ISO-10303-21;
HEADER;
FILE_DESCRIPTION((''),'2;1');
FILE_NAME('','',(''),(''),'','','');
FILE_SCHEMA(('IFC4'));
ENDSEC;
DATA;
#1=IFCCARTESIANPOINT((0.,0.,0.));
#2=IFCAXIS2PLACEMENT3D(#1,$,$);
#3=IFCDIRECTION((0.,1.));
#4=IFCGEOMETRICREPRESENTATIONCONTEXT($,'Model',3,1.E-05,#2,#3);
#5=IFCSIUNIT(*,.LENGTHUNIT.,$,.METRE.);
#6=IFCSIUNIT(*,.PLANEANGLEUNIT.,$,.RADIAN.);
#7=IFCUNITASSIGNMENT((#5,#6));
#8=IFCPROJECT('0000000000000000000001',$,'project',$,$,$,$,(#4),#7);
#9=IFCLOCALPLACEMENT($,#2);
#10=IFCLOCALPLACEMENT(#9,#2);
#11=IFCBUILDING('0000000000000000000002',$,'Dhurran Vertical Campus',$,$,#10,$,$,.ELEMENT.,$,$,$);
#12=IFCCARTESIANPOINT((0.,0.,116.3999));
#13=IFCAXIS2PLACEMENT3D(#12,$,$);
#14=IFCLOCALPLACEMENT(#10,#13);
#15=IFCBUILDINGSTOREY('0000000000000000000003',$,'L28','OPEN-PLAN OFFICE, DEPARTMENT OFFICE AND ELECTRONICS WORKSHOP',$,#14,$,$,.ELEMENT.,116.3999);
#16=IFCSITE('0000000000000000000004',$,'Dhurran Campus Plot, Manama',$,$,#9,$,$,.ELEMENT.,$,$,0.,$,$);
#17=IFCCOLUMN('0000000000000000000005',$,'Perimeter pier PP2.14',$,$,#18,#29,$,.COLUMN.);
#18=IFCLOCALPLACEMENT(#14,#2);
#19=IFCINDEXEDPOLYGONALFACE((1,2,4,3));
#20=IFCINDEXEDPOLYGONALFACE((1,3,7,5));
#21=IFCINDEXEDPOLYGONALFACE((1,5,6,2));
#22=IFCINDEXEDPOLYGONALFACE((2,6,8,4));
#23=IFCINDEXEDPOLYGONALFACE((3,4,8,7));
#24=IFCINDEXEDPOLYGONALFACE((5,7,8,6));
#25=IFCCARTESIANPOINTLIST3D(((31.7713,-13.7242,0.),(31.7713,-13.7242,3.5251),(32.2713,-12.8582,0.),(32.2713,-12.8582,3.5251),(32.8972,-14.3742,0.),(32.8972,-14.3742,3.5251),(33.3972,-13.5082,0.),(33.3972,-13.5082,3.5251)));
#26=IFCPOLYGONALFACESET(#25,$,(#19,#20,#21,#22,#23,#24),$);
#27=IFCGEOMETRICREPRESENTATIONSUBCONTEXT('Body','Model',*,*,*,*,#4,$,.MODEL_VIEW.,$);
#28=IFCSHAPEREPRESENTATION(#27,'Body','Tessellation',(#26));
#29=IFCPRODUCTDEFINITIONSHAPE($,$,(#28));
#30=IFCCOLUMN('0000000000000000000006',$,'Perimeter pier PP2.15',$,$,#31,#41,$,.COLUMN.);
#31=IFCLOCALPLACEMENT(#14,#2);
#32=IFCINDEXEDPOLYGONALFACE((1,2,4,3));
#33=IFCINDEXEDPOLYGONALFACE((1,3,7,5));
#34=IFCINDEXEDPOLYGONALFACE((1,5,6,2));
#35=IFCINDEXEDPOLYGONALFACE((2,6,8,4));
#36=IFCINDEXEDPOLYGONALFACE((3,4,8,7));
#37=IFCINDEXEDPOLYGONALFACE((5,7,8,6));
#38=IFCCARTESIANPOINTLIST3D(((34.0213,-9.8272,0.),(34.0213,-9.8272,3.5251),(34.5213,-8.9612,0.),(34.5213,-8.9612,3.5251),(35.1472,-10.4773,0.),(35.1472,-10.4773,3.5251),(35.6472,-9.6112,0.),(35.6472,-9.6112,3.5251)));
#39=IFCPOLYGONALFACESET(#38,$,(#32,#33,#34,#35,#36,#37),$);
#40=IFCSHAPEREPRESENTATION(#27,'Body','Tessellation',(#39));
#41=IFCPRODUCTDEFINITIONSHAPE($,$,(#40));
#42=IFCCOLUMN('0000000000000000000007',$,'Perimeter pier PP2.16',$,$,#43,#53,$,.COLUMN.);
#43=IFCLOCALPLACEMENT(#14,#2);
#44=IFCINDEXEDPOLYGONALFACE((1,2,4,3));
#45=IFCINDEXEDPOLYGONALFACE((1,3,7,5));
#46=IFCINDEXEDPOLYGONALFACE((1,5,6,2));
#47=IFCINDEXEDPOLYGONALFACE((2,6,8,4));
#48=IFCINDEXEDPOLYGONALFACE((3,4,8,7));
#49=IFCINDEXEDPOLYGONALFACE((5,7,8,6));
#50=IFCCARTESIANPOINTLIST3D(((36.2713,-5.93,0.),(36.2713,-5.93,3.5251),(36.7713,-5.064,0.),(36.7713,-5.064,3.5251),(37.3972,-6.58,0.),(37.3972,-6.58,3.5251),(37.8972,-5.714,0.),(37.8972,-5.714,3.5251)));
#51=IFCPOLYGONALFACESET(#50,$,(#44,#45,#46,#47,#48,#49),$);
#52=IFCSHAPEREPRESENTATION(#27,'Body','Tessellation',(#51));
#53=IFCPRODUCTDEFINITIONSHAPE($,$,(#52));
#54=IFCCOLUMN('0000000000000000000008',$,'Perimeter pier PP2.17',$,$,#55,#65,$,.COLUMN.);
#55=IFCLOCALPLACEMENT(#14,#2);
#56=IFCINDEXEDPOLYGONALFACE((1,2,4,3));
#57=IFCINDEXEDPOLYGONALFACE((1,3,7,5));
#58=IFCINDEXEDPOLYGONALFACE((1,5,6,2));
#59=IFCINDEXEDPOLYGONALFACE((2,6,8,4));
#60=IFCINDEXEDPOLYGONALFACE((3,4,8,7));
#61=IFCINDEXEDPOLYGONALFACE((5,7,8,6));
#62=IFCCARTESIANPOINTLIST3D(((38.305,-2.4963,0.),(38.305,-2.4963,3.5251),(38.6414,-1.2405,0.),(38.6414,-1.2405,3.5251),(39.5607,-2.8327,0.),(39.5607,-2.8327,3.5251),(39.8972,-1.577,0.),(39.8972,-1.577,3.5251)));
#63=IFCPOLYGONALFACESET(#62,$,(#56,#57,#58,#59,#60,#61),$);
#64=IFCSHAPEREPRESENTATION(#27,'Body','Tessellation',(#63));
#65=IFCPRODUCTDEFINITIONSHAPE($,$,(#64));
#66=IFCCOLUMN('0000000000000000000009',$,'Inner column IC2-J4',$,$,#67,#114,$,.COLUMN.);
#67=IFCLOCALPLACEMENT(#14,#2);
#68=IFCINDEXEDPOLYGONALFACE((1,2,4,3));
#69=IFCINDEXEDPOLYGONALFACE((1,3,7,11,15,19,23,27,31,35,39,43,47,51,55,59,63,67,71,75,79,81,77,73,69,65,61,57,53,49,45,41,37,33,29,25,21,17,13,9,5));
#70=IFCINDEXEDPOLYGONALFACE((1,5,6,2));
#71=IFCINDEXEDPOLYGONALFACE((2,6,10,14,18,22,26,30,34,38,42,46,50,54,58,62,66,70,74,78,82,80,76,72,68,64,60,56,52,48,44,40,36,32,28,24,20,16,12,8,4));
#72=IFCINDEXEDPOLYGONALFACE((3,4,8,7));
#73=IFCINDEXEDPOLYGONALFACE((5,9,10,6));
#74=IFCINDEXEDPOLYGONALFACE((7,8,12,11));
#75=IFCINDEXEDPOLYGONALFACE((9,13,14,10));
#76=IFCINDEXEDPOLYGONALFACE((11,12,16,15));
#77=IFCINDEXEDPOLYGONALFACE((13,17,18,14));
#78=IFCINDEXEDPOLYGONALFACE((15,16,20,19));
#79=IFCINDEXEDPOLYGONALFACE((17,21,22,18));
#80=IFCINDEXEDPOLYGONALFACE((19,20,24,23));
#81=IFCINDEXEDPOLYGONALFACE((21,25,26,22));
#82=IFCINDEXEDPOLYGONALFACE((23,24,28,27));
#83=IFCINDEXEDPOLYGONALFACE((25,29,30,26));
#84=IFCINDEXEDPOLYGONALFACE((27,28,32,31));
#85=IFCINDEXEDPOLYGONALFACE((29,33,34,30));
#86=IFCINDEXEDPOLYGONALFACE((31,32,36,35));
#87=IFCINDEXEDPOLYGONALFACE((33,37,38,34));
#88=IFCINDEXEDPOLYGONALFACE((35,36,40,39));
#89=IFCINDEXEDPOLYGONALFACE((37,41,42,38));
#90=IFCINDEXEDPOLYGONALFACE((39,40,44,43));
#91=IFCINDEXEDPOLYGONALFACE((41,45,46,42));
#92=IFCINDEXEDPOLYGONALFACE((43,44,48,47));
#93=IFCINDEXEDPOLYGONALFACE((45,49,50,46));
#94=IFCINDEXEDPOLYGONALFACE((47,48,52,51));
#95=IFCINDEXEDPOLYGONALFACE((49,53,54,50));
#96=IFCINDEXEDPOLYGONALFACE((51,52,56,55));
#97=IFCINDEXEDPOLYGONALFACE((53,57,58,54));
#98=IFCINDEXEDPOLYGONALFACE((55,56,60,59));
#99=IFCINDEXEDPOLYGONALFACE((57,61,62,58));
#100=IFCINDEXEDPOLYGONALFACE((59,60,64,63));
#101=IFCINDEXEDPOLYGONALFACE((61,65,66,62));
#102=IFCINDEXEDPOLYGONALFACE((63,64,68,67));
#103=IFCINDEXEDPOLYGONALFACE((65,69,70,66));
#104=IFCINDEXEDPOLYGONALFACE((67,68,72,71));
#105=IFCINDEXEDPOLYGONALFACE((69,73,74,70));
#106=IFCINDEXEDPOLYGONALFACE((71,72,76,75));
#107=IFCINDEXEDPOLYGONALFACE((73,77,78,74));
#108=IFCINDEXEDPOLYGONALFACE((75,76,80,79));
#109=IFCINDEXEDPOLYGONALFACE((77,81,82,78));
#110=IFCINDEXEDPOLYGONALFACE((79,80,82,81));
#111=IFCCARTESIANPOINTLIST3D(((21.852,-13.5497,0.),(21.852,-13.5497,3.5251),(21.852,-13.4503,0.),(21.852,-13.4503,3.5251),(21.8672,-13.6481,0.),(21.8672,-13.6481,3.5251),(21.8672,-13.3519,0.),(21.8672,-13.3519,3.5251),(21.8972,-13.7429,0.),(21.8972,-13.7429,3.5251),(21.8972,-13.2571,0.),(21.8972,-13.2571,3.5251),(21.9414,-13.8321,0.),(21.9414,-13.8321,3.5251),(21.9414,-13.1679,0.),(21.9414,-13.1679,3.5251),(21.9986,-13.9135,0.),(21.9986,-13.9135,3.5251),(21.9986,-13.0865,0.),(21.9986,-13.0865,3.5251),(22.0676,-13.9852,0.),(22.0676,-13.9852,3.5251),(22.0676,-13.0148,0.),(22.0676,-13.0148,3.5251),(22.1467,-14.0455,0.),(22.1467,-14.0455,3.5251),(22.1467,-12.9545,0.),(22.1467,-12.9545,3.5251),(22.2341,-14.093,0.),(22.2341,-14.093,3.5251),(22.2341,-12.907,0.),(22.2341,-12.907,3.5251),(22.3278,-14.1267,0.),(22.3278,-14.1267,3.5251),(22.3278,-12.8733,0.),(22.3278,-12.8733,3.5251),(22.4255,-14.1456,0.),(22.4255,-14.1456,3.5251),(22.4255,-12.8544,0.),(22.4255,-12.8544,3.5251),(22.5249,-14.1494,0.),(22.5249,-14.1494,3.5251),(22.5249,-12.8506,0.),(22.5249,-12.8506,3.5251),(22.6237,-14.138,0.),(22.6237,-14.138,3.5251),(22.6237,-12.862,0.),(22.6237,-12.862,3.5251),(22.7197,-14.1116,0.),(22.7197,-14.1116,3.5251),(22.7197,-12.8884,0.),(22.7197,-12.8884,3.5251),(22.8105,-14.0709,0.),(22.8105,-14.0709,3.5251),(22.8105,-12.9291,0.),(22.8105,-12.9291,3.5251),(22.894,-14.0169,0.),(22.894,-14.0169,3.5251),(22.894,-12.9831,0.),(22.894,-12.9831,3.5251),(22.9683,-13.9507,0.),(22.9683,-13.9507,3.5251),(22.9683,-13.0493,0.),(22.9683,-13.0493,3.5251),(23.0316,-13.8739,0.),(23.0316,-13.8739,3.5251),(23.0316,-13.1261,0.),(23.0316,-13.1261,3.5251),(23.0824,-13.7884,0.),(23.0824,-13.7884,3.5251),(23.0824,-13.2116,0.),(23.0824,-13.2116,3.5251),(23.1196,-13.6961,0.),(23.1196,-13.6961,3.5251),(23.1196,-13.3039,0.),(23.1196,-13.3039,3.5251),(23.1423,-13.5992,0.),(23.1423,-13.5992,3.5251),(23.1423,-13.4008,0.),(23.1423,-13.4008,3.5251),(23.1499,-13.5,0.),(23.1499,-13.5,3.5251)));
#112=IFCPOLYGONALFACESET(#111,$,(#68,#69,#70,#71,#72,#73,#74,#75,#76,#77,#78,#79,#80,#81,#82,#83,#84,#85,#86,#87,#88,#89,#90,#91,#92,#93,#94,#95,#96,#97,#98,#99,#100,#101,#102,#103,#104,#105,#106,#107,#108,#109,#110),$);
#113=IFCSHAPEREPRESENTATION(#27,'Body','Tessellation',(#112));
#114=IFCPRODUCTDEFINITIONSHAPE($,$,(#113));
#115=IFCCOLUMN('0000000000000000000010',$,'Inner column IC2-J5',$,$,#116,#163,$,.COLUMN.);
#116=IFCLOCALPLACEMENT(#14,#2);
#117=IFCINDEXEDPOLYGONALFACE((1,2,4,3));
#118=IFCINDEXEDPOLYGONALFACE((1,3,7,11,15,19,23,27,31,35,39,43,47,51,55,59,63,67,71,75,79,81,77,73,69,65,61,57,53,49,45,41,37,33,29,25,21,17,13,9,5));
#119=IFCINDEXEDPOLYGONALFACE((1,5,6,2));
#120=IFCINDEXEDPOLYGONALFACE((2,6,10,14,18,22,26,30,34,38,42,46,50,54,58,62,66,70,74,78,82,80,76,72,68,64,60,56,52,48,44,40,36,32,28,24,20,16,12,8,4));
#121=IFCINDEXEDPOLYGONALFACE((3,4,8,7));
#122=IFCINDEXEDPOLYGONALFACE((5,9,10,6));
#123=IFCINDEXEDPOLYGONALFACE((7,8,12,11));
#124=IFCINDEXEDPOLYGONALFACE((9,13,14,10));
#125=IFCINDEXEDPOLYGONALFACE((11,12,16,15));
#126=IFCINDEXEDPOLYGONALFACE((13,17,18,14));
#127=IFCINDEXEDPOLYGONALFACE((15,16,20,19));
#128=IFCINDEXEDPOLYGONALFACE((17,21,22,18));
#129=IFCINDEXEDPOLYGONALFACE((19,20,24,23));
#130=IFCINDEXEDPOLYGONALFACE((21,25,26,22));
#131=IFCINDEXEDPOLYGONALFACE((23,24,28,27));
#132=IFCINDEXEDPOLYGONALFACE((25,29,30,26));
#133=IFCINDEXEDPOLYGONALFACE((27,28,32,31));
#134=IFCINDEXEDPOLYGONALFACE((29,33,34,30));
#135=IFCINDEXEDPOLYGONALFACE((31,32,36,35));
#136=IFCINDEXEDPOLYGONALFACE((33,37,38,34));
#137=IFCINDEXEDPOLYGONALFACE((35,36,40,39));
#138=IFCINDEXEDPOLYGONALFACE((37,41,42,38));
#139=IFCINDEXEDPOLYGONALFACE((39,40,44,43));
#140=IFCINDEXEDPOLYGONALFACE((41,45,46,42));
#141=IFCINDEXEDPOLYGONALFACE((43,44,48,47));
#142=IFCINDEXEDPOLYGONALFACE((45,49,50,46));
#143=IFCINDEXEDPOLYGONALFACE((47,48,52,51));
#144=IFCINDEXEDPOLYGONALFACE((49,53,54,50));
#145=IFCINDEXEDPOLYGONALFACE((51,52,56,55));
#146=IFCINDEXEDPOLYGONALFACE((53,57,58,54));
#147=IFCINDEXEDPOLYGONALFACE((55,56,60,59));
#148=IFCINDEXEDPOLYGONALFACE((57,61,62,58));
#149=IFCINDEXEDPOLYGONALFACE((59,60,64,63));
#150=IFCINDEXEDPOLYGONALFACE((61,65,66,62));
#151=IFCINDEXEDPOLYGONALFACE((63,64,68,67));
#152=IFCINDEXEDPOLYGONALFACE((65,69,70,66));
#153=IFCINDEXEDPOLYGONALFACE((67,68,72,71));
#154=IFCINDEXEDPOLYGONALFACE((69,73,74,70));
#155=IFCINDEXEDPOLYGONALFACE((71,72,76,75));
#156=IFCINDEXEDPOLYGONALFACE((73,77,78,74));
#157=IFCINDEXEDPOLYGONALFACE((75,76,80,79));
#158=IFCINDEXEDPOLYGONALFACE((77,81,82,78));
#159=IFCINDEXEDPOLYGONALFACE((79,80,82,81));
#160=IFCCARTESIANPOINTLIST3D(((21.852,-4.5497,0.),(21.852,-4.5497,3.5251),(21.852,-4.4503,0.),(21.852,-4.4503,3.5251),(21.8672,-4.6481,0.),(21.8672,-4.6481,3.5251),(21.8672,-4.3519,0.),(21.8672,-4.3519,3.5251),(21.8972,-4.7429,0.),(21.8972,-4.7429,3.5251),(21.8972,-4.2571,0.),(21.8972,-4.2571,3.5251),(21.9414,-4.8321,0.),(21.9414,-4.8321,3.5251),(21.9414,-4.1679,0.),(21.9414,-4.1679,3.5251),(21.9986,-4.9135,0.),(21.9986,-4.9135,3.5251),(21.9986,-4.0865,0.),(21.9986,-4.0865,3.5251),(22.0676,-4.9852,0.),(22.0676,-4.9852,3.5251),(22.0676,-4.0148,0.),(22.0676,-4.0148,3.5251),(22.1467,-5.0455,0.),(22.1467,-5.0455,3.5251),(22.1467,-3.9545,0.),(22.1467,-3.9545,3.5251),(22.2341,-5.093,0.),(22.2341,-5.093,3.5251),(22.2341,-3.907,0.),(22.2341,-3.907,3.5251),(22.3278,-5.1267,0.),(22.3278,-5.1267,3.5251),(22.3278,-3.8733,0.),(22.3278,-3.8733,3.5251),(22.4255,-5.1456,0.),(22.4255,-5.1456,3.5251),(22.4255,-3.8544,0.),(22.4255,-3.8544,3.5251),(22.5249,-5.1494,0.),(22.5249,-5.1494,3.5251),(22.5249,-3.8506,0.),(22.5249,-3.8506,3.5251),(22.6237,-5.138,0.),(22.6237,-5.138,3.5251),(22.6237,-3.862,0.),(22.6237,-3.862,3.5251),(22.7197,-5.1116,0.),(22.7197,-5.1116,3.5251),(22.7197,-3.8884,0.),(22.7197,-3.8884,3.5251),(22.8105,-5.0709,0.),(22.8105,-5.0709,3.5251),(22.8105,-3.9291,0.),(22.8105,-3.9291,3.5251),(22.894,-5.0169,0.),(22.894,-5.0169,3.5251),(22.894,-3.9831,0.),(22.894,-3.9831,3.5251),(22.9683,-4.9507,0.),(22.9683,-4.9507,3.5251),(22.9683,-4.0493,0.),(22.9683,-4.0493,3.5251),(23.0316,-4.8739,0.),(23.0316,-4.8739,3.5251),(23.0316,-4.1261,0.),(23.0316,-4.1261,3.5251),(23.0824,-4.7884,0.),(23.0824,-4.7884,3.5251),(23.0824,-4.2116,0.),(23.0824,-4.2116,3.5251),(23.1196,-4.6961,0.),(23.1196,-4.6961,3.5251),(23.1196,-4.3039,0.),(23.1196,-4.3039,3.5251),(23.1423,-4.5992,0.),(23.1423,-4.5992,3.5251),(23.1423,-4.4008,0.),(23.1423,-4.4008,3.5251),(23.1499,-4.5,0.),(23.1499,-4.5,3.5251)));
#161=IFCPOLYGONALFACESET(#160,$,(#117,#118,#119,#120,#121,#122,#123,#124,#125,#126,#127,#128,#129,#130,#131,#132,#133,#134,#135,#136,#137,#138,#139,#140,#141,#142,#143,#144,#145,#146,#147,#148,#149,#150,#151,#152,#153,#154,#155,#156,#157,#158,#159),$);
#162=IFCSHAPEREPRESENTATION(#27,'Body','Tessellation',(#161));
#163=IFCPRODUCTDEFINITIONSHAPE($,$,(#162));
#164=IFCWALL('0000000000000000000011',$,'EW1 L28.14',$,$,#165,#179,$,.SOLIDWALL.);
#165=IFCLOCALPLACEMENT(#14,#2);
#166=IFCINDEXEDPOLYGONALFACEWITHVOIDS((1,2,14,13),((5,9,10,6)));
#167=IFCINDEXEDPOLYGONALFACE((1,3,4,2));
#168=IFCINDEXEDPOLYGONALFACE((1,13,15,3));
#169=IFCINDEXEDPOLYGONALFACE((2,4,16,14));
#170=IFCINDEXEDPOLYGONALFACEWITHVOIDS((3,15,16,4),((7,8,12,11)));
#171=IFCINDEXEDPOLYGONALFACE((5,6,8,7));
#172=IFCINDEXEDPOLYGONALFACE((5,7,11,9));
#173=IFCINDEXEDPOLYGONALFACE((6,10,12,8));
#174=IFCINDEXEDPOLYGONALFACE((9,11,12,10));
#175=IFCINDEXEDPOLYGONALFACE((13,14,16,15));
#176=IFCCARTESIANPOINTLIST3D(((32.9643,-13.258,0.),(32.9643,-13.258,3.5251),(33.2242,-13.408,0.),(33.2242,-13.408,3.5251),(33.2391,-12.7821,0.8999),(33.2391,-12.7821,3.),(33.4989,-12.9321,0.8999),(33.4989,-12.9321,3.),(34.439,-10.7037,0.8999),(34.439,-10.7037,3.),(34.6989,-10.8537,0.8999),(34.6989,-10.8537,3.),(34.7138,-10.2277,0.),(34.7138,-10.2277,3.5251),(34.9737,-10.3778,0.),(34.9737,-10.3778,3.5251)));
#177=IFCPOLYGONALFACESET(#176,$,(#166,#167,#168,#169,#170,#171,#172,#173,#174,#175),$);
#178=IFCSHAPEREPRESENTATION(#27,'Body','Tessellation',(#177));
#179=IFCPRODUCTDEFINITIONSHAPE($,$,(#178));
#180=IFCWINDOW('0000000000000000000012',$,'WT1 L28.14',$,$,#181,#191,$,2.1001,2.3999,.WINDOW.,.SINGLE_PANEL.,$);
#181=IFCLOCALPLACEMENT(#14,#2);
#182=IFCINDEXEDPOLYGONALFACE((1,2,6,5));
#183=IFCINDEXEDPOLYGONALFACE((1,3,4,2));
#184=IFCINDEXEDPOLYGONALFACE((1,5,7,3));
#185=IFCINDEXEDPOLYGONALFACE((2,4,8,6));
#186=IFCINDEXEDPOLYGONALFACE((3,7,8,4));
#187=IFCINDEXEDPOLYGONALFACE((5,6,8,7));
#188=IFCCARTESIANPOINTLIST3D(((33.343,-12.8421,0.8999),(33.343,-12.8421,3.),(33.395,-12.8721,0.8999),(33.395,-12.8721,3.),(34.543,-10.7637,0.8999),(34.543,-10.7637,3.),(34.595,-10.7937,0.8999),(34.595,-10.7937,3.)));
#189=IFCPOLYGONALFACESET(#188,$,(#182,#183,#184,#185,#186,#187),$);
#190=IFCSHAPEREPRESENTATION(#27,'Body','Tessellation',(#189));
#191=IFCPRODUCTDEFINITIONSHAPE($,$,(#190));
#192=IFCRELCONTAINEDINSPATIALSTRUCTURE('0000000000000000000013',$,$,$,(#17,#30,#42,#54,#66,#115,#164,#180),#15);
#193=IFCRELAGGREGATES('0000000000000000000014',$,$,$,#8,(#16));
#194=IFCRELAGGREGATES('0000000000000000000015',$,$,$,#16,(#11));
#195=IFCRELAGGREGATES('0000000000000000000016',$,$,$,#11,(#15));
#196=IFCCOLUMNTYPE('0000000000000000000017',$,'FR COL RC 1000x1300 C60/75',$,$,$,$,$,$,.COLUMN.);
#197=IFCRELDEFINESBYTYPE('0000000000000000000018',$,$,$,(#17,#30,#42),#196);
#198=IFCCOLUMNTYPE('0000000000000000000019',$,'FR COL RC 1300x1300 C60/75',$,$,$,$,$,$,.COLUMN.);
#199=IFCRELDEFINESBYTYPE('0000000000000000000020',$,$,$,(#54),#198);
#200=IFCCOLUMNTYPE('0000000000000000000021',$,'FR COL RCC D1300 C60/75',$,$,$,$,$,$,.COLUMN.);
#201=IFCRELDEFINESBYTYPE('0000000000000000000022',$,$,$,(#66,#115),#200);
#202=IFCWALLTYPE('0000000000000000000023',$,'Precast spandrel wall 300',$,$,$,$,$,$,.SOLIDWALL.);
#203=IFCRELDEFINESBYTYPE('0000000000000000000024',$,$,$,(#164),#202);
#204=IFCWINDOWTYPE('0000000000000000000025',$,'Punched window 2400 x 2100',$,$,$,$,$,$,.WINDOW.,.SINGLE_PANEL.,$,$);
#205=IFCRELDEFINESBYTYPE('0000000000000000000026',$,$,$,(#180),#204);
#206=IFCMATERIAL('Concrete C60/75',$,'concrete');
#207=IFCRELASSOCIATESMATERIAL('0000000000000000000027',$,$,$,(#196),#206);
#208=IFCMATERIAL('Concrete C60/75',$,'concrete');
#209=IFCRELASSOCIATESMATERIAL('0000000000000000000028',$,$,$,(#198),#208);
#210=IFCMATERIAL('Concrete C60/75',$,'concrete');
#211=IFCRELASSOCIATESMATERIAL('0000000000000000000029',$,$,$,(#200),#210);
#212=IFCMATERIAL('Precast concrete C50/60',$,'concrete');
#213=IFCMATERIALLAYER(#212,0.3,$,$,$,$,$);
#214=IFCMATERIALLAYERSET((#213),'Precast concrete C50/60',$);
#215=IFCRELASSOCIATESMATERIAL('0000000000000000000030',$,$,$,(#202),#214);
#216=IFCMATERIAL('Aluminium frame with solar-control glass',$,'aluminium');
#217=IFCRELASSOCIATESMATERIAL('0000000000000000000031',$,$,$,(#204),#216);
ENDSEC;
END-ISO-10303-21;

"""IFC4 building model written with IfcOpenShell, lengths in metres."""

from ifc_helpers import new_model, si_unit, direction, frame, frame_2d, origin, origin_2d, place, context, subcontext, project, spatial, rectangle, circle, extrude, material, layer, layer_set, material_profile, profile_set, type_object, element, fill, save


model = new_model("IFC4")

# Units and contexts
model_context = context("Model", 3, precision=1e-05, world=origin(), true_north=direction((0.0, 1.0)))
body_context = subcontext(model_context, "Body", "Model", "MODEL_VIEW")
ifc_project = project(units=[si_unit("LENGTHUNIT", "METRE"), si_unit("PLANEANGLEUNIT", "RADIAN")], contexts=[model_context])

# Site, building, storey
site_placement = place(None, origin())
site = spatial("IfcSite", under=ifc_project, at=site_placement, Name="Dhurran Campus Plot, Manama", CompositionType="ELEMENT", RefElevation=0.0)
building_placement = place(site_placement, origin())
building = spatial("IfcBuilding", under=site, at=building_placement, Name="Dhurran Vertical Campus", CompositionType="ELEMENT")
storey_placement = place(building_placement, frame((0.0, 0.0, 116.3999)))
storey = spatial("IfcBuildingStorey", under=building, at=storey_placement, Name="L28", Description="OPEN-PLAN OFFICE, DEPARTMENT OFFICE AND ELECTRONICS WORKSHOP", CompositionType="ELEMENT", Elevation=116.3999)

# Columns
ifc_material_1 = material(Name="Concrete C60/75", Category="concrete")
ifc_material_profile_1 = material_profile(ifc_material_1, rectangle(XDim=1.0, YDim=1.3, at=origin_2d()), Name="RC 1000x1300")
ifc_profile_set_1 = profile_set([ifc_material_profile_1], Name="Concrete C60/75")
column_type_1 = type_object("IfcColumnType", Name="FR COL RC 1000x1300 C60/75", PredefinedType="COLUMN", material=ifc_profile_set_1)
for number, where, z_axis, x_axis, name in (
    (1, (32.5842, -13.6162, 0.0), (0.0, 0.0, 1.0), (0.5, 0.866025, 0.0), "Perimeter pier PP2.14"),
    (2, (34.8342, -9.7192, 0.0), (0.0, 0.0, 1.0), (0.5, 0.866025, 0.0), "Perimeter pier PP2.15"),
    (3, (37.0842, -5.822, 0.0), (0.0, 0.0, 1.0), (0.5, 0.866025, 0.0), "Perimeter pier PP2.16"),
):
    element("IfcColumn", number, at=place(storey_placement, frame(where, z_axis=z_axis, x_axis=x_axis)), inside=storey, type_object=column_type_1, Name=name, PredefinedType="COLUMN", context=body_context, shape_type="SweptSolid", body=[
        extrude(rectangle(XDim=1.0, YDim=1.3, at=origin_2d()), origin(), (0.0, 0.0, 1.0), 3.5251),
    ])
ifc_material_2 = material(Name="Concrete C60/75", Category="concrete")
ifc_material_profile_2 = material_profile(ifc_material_2, rectangle(XDim=1.3, YDim=1.3, at=origin_2d()), Name="RC 1300x1300")
ifc_profile_set_2 = profile_set([ifc_material_profile_2], Name="Concrete C60/75")
column_type_2 = type_object("IfcColumnType", Name="FR COL RC 1300x1300 C60/75", PredefinedType="COLUMN", material=ifc_profile_set_2)
column_placement = place(storey_placement, frame((39.1011, -2.0366, 0.0), z_axis=(0.0, 0.0, 1.0), x_axis=(0.258819, 0.965926, 0.0)))
element("IfcColumn", 4, at=column_placement, inside=storey, type_object=column_type_2, Name="Perimeter pier PP2.17", PredefinedType="COLUMN", context=body_context, shape_type="SweptSolid", body=[
    extrude(rectangle(XDim=1.3, YDim=1.3, at=origin_2d()), origin(), (0.0, 0.0, 1.0), 3.5251),
])
ifc_material_3 = material(Name="Concrete C60/75", Category="concrete")
ifc_material_profile_3 = material_profile(ifc_material_3, circle(Radius=0.6499, at=origin_2d()), Name="RCC D1300")
ifc_profile_set_3 = profile_set([ifc_material_profile_3], Name="Concrete C60/75")
column_type_3 = type_object("IfcColumnType", Name="FR COL RCC D1300 C60/75", PredefinedType="COLUMN", material=ifc_profile_set_3)
for number, where, z_axis, x_axis, name in (
    (5, (22.5, -13.5, 0.0), (0.0, 0.0, 1.0), (1.0, 0.0, 0.0), "Inner column IC2-J4"),
    (6, (22.5, -4.5, 0.0), (0.0, 0.0, 1.0), (1.0, 0.0, 0.0), "Inner column IC2-J5"),
):
    element("IfcColumn", number, at=place(storey_placement, frame(where, z_axis=z_axis, x_axis=x_axis)), inside=storey, type_object=column_type_3, Name=name, PredefinedType="COLUMN", context=body_context, shape_type="SweptSolid", body=[
        extrude(circle(Radius=0.6499, at=origin_2d()), origin(), (0.0, 0.0, 1.0), 3.5251),
    ])

# Wall, opening, window
ifc_material_4 = material(Name="Precast concrete C50/60", Category="concrete")
ifc_layer_1 = layer(ifc_material_4, 0.3)
ifc_layer_set_1 = layer_set([ifc_layer_1], Name="Precast concrete C50/60")
wall_type_1 = type_object("IfcWallType", Name="Precast spandrel wall 300", PredefinedType="SOLIDWALL", material=ifc_layer_set_1)
wall_1_placement = place(storey_placement, frame((33.0942, -13.333, 0.0), z_axis=(0.0, 0.0, 1.0), x_axis=(0.499996, 0.866028, 0.0)))
wall_1 = element("IfcWall", 7, at=wall_1_placement, inside=storey, type_object=wall_type_1, Name="EW1 L28.14", PredefinedType="SOLIDWALL", context=body_context, shape_type="SweptSolid", body=[
    extrude(rectangle(XDim=3.499, YDim=0.3, at=frame_2d((1.7495, 0.0))), origin(), (0.0, 0.0, 1.0), 3.5251),
])
opening_1_placement = place(wall_1_placement, frame((0.5496, 0.0, 0.8999)))
opening_1 = element("IfcOpeningElement", 8, at=opening_1_placement, cuts=wall_1, PredefinedType="OPENING", context=body_context, shape_type="SweptSolid", body=[
    extrude(rectangle(XDim=2.3999, YDim=2.1001, at=frame_2d((1.2, 1.05))), frame((0.0, 0.1599, 0.0), z_axis=(0.0, -1.0, 0.0), x_axis=(1.0, 0.0, 0.0)), (0.0, 0.0, 1.0), 0.3201),
])
ifc_material_5 = material(Name="Aluminium frame with solar-control glass", Category="aluminium")
window_type = type_object("IfcWindowType", Name="Punched window 2400 x 2100", PartitioningType="SINGLE_PANEL", PredefinedType="WINDOW", material=ifc_material_5)
window_1_placement = place(opening_1_placement, origin())
window_1 = element("IfcWindow", 9, at=window_1_placement, inside=storey, type_object=window_type, Name="WT1 L28.14", OverallHeight=2.1001, OverallWidth=2.3999, PartitioningType="SINGLE_PANEL", PredefinedType="WINDOW", context=body_context, shape_type="SweptSolid", body=[
    extrude(rectangle(XDim=2.3999, YDim=2.1001, at=frame_2d((1.2, 1.05))), frame((0.0, 0.03, 0.0), z_axis=(0.0, -1.0, 0.0), x_axis=(1.0, 0.0, 0.0)), (0.0, 0.0, 1.0), 0.0601),
])
fill(opening_1, window_1)

save(model, "model.ifc")
